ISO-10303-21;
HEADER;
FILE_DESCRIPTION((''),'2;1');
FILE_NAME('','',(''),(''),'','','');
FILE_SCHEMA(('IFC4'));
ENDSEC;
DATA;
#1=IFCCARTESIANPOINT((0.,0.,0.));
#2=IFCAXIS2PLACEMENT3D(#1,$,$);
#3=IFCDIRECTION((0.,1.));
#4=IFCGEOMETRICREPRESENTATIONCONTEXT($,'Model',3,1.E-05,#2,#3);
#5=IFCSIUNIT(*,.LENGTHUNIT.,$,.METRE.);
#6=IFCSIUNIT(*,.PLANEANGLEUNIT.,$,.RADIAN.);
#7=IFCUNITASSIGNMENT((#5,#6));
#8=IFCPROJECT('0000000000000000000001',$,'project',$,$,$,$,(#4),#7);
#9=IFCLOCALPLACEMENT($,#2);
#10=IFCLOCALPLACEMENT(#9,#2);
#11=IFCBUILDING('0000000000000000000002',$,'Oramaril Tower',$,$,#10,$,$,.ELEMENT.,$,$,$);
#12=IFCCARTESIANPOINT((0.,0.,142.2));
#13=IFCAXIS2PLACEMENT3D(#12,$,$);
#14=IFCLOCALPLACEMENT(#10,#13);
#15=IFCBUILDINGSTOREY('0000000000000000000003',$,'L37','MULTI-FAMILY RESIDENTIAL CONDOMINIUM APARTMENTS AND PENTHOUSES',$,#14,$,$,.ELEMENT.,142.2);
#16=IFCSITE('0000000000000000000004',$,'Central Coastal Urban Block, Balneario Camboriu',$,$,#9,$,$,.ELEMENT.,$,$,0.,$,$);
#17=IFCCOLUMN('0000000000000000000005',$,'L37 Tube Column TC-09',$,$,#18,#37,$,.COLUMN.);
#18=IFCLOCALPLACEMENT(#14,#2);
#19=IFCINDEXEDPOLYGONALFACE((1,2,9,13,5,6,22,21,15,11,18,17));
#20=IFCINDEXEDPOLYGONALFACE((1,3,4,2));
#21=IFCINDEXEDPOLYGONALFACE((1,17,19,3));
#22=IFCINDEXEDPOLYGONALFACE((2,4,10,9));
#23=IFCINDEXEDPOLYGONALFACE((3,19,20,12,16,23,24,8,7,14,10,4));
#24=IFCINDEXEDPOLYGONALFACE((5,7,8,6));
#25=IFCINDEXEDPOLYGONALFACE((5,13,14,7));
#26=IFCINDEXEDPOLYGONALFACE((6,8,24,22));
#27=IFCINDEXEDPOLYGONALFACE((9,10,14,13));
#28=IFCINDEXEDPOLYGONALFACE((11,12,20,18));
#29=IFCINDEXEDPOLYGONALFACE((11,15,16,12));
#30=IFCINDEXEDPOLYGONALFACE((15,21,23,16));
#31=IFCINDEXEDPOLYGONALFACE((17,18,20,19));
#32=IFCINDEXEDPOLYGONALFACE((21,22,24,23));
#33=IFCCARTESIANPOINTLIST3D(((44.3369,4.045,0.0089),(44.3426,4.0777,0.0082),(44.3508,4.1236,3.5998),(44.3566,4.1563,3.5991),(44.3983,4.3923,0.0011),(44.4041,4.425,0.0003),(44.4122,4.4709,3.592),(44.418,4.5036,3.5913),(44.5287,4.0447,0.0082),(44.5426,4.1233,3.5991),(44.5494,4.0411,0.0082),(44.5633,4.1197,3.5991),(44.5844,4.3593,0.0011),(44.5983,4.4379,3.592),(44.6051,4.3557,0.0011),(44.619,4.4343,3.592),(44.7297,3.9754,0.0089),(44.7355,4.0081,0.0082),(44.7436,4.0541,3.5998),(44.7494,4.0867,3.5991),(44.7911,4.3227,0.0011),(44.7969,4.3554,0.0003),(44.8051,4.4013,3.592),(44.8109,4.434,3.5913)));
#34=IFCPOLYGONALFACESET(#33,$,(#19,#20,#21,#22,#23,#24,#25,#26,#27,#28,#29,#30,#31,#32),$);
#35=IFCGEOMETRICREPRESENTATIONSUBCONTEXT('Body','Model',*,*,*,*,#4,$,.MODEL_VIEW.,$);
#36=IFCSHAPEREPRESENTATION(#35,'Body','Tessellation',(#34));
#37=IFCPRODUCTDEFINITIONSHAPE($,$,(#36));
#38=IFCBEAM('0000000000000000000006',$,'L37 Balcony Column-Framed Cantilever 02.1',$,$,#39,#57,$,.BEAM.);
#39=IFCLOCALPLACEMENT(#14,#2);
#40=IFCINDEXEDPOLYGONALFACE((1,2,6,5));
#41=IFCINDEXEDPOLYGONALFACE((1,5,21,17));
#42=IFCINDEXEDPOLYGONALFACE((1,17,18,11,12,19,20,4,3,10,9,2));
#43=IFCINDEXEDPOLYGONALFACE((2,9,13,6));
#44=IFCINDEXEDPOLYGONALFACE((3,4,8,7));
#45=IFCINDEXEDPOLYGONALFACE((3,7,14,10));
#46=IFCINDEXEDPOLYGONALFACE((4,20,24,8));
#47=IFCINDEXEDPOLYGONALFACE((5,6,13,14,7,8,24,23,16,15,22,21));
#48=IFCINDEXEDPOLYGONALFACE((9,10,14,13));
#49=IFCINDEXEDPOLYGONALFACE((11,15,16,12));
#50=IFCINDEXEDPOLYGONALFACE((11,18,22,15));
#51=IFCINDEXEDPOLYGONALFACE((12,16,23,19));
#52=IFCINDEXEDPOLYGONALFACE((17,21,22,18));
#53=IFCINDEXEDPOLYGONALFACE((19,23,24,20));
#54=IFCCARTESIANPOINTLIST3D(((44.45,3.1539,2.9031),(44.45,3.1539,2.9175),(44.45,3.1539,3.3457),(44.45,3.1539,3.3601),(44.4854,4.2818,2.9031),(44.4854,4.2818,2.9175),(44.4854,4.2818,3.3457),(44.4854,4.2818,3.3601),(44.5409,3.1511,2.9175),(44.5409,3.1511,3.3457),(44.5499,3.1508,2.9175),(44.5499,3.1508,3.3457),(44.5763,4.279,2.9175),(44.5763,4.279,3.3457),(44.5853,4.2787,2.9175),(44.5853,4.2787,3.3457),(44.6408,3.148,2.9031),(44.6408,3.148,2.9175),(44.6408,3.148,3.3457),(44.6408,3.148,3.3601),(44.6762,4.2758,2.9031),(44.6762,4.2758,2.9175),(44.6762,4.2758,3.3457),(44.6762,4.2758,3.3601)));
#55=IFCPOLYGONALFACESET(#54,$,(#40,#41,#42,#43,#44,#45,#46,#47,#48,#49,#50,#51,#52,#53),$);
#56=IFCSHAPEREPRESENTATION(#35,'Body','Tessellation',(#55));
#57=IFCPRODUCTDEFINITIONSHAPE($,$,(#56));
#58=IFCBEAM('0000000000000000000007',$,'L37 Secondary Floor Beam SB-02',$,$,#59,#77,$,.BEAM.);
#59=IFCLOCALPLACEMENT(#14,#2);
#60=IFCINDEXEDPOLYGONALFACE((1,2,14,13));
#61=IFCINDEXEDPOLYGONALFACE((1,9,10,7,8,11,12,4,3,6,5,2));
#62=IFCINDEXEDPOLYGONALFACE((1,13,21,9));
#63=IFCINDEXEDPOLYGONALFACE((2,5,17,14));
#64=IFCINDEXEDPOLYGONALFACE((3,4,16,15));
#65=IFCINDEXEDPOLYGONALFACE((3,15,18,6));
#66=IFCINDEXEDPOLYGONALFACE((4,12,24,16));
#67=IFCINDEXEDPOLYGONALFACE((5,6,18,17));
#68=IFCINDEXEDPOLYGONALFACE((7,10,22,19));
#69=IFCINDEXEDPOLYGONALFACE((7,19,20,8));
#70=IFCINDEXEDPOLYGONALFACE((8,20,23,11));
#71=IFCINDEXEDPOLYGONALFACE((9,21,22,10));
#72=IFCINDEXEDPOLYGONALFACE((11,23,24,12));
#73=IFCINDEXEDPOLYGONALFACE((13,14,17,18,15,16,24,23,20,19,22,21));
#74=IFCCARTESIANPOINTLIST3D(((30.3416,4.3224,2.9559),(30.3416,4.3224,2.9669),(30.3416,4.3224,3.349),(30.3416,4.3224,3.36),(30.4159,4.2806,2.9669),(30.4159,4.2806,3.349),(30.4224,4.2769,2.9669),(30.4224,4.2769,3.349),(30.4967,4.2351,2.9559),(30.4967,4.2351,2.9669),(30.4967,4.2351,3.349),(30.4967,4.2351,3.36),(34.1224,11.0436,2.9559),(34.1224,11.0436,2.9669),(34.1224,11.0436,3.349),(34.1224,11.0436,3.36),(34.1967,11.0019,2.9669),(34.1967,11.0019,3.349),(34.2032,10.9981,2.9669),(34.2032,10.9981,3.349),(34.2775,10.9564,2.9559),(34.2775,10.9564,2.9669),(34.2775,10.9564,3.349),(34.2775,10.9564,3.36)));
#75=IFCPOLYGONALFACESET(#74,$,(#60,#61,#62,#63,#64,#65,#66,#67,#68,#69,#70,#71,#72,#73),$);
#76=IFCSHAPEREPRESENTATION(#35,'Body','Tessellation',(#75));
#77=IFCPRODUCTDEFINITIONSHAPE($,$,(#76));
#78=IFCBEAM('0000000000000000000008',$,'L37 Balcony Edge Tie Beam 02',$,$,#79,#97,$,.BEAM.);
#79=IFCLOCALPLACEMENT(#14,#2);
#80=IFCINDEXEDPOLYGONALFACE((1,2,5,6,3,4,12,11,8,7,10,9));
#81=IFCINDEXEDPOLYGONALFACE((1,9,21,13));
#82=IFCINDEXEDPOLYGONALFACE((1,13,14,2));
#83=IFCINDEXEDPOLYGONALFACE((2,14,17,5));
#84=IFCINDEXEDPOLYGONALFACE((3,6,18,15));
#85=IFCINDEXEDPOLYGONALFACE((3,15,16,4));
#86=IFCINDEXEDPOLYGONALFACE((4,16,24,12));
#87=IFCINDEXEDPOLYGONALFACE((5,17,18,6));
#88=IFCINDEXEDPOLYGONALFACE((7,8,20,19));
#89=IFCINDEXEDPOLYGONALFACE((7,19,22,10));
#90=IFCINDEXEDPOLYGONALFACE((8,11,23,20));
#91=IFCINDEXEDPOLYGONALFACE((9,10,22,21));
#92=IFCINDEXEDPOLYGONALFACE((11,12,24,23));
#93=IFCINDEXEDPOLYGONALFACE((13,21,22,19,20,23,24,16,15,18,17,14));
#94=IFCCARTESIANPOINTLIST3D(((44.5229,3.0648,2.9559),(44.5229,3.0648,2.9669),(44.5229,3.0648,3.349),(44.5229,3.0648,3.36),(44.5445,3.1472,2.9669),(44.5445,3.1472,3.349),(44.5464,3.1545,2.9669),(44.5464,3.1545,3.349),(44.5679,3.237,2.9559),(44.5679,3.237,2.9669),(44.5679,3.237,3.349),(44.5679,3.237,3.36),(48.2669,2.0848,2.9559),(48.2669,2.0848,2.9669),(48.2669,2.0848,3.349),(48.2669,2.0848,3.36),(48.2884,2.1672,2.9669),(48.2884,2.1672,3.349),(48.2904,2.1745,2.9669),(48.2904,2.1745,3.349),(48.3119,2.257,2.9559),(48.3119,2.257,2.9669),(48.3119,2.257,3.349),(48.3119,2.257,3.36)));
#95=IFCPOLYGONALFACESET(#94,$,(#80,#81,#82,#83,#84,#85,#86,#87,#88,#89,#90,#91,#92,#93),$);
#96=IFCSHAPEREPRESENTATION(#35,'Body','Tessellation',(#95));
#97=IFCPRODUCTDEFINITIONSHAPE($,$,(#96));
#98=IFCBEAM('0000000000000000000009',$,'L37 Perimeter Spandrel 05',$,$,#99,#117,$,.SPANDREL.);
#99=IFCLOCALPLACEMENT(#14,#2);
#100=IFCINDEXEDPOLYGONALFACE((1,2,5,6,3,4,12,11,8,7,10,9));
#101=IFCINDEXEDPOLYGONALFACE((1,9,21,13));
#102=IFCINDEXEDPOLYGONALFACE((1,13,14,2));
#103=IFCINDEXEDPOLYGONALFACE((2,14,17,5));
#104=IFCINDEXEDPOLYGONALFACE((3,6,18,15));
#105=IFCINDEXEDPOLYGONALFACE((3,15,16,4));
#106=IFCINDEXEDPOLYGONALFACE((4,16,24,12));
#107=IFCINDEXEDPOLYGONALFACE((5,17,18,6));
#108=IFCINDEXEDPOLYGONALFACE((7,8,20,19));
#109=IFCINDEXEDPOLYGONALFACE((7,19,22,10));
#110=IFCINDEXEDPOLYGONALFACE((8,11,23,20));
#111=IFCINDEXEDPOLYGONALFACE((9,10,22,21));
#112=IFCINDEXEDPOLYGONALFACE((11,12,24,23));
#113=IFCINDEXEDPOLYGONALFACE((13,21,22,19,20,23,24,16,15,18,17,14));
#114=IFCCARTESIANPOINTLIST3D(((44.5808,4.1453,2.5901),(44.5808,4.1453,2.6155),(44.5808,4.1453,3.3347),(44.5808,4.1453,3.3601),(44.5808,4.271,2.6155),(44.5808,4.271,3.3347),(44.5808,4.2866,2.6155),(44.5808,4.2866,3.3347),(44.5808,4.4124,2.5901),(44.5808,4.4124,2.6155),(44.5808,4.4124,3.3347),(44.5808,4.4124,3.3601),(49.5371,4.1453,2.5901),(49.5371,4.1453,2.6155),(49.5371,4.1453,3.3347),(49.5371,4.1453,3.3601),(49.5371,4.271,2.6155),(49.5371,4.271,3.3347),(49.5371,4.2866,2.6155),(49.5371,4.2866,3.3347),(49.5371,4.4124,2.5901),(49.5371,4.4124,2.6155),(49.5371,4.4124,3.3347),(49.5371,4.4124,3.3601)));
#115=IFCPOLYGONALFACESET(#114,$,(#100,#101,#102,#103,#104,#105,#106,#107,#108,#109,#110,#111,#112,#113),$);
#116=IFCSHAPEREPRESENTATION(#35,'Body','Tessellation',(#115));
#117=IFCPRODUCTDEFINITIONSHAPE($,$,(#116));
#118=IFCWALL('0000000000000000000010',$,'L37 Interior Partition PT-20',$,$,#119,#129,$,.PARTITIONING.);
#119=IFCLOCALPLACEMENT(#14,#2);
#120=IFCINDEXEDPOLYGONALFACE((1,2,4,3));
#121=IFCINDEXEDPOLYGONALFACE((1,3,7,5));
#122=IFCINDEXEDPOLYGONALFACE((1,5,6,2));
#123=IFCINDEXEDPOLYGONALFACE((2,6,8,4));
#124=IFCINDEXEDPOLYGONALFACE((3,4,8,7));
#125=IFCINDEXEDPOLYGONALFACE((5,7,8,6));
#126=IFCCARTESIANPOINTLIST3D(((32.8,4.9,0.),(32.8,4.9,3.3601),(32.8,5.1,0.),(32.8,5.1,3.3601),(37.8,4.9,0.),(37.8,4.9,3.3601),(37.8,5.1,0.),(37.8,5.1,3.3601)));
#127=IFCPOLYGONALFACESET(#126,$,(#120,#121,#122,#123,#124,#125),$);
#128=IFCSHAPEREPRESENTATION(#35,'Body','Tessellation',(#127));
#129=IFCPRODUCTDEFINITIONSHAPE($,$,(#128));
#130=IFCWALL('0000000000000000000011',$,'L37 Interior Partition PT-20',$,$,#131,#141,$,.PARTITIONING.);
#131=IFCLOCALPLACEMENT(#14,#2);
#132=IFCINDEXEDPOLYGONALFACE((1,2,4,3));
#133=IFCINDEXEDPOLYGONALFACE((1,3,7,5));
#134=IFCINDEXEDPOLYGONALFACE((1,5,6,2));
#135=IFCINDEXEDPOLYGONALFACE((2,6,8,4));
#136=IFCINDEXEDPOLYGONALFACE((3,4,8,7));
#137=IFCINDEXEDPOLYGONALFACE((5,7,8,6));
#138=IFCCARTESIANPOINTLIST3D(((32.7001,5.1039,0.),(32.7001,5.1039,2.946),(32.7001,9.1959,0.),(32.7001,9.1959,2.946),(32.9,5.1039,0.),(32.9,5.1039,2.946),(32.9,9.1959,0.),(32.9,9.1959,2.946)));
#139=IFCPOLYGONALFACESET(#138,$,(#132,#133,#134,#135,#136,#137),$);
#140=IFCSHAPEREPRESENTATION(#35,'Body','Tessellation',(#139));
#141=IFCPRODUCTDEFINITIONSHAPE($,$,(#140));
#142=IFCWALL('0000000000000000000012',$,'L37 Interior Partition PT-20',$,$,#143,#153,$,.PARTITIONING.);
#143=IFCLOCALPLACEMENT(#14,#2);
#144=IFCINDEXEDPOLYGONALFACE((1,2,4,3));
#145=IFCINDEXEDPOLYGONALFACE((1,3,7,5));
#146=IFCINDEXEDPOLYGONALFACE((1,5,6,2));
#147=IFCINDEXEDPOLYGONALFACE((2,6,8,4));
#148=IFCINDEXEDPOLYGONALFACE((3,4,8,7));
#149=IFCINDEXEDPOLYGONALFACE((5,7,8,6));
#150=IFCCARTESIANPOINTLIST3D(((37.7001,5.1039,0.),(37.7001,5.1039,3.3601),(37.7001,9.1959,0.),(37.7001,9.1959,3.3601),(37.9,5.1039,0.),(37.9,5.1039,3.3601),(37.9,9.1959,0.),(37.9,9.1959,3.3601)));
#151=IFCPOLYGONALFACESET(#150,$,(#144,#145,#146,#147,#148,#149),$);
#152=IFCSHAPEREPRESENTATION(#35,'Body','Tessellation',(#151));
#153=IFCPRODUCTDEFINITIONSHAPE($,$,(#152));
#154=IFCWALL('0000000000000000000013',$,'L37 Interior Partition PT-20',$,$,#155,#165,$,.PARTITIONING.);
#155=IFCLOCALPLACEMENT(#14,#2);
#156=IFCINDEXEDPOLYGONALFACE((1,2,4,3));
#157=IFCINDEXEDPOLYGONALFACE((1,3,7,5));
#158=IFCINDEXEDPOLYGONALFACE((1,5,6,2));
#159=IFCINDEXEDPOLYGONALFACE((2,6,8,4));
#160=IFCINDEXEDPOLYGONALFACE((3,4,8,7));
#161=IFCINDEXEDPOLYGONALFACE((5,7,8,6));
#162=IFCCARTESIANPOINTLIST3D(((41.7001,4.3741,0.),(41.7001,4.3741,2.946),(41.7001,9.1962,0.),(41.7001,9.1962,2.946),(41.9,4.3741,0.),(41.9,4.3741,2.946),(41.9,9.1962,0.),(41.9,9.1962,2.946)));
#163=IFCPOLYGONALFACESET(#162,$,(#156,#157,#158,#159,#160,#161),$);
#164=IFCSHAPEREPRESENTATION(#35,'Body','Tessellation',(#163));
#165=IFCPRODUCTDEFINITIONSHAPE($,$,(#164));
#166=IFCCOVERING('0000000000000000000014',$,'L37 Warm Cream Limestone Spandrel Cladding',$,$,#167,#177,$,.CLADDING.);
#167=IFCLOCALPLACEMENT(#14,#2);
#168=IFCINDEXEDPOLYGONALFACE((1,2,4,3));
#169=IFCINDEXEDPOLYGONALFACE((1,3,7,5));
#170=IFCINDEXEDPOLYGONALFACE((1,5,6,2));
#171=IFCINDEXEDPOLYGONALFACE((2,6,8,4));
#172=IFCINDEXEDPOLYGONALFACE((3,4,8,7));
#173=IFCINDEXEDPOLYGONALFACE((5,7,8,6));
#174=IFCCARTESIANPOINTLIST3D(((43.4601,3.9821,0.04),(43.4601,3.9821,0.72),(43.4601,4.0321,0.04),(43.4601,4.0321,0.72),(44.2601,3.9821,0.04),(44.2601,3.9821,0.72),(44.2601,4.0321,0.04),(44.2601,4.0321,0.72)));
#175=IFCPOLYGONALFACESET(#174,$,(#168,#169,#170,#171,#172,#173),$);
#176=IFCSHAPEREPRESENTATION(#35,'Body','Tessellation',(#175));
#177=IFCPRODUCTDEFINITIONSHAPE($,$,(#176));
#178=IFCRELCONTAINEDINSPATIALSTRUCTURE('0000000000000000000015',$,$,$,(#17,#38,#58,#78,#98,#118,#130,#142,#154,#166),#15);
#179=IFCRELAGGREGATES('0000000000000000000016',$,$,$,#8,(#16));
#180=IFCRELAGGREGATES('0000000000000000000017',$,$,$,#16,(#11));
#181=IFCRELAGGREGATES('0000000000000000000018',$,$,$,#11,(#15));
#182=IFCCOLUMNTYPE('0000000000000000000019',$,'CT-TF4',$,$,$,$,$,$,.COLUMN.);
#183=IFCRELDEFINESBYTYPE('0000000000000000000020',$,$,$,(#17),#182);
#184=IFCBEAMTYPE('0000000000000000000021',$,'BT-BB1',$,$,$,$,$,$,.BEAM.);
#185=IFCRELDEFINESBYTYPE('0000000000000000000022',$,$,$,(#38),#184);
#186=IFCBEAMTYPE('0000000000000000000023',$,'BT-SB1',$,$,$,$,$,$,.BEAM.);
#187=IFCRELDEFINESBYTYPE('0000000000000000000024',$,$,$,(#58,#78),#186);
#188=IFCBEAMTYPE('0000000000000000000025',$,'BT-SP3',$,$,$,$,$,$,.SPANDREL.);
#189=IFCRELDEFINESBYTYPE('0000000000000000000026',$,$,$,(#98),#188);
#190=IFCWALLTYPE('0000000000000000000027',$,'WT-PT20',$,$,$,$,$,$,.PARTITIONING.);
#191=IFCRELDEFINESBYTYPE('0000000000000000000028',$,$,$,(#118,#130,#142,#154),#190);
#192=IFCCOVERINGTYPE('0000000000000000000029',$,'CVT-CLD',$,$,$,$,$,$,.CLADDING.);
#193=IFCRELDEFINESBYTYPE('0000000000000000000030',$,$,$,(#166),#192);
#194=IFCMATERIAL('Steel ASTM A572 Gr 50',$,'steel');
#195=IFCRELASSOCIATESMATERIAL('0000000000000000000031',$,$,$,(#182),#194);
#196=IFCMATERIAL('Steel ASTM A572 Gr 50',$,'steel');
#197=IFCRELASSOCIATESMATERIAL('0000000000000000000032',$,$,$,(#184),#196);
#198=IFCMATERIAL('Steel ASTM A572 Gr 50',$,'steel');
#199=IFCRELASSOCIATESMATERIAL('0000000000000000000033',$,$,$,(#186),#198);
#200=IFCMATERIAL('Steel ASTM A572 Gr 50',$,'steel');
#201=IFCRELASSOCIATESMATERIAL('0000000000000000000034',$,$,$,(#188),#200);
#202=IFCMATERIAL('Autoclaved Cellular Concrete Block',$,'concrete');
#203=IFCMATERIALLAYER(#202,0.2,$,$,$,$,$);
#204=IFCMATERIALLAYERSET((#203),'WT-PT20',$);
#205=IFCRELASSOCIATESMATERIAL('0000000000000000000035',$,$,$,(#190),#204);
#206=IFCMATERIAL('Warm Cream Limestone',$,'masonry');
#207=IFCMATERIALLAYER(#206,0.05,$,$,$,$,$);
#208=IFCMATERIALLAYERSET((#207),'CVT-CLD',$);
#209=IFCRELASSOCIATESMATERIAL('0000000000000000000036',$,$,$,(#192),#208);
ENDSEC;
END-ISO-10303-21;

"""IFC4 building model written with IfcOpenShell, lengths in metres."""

from ifc_helpers import new_model, si_unit, direction, frame, frame_2d, origin, origin_2d, place, context, subcontext, project, spatial, rectangle, i_section, extrude, material, layer, layer_set, material_profile, profile_set, type_object, element, save


model = new_model("IFC4")

# Units and contexts
model_context = context("Model", 3, precision=1e-05, world=origin(), true_north=direction((0.0, 1.0)))
body_context = subcontext(model_context, "Body", "Model", "MODEL_VIEW")
ifc_project = project(units=[si_unit("LENGTHUNIT", "METRE"), si_unit("PLANEANGLEUNIT", "RADIAN")], contexts=[model_context])

# Site, building, storey
site_placement = place(None, origin())
site = spatial("IfcSite", under=ifc_project, at=site_placement, Name="Central Coastal Urban Block, Balneario Camboriu", CompositionType="ELEMENT", RefElevation=0.0)
building_placement = place(site_placement, origin())
building = spatial("IfcBuilding", under=site, at=building_placement, Name="Oramaril Tower", CompositionType="ELEMENT")
storey_placement = place(building_placement, frame((0.0, 0.0, 142.2)))
storey = spatial("IfcBuildingStorey", under=building, at=storey_placement, Name="L37", Description="MULTI-FAMILY RESIDENTIAL CONDOMINIUM APARTMENTS AND PENTHOUSES", CompositionType="ELEMENT", Elevation=142.2)

# Column
ifc_material_1 = material(Name="Steel ASTM A572 Gr 50", Category="steel")
ifc_material_profile_1 = material_profile(ifc_material_1, i_section(OverallWidth=0.3989, OverallDepth=0.386, WebThickness=0.021, FlangeThickness=0.0332, at=origin_2d()), Name="W14X176")
ifc_profile_set_1 = profile_set([ifc_material_profile_1], Name="Steel ASTM A572 Gr 50")
column_type = type_object("IfcColumnType", Name="CT-TF4", PredefinedType="COLUMN", material=ifc_profile_set_1)
column_placement = place(storey_placement, frame((44.5669, 4.2002, 0.0046), z_axis=(0.003874, 0.021887, 0.999753), x_axis=(-0.984691, 0.174309, 0.0)))
element("IfcColumn", 1, at=column_placement, inside=storey, type_object=column_type, Name="L37 Tube Column TC-09", PredefinedType="COLUMN", context=body_context, shape_type="SweptSolid", body=[
    extrude(i_section(OverallWidth=0.3989, OverallDepth=0.386, WebThickness=0.021, FlangeThickness=0.0332, at=origin_2d()), origin(), (0.0, 0.0, 1.0), 3.5918),
])

# Beams
ifc_material_2 = material(Name="Steel ASTM A572 Gr 50", Category="steel")
ifc_material_profile_2 = material_profile(ifc_material_2, i_section(OverallWidth=0.1909, OverallDepth=0.457, WebThickness=0.009, FlangeThickness=0.0144, at=origin_2d()), Name="W18X50")
ifc_profile_set_2 = profile_set([ifc_material_profile_2], Name="Steel ASTM A572 Gr 50")
beam_type_1 = type_object("IfcBeamType", Name="BT-BB1", PredefinedType="BEAM", material=ifc_profile_set_2)
beam_1_placement = place(storey_placement, frame((44.5808, 4.2788, 3.1316), z_axis=(-0.03137, -0.999508, 0.0), x_axis=(0.999508, -0.03137, 0.0)))
element("IfcBeam", 2, at=beam_1_placement, inside=storey, type_object=beam_type_1, Name="L37 Balcony Column-Framed Cantilever 02.1", PredefinedType="BEAM", context=body_context, shape_type="SweptSolid", body=[
    extrude(i_section(OverallWidth=0.1909, OverallDepth=0.457, WebThickness=0.009, FlangeThickness=0.0144, at=origin_2d()), origin(), (0.0, 0.0, 1.0), 1.1284),
])
ifc_material_3 = material(Name="Steel ASTM A572 Gr 50", Category="steel")
ifc_material_profile_3 = material_profile(ifc_material_3, i_section(OverallWidth=0.178, OverallDepth=0.4041, WebThickness=0.0076, FlangeThickness=0.011, at=origin_2d()), Name="W16X36")
ifc_profile_set_3 = profile_set([ifc_material_profile_3], Name="Steel ASTM A572 Gr 50")
beam_type_2 = type_object("IfcBeamType", Name="BT-SB1", PredefinedType="BEAM", material=ifc_profile_set_3)
beam_2_placement = place(storey_placement, frame((34.2, 11.0, 3.158), z_axis=(-0.49027, -0.87157, 0.0), x_axis=(0.87157, -0.49027, 0.0)))
element("IfcBeam", 3, at=beam_2_placement, inside=storey, type_object=beam_type_2, Name="L37 Secondary Floor Beam SB-02", PredefinedType="BEAM", context=body_context, shape_type="SweptSolid", body=[
    extrude(i_section(OverallWidth=0.178, OverallDepth=0.4041, WebThickness=0.0076, FlangeThickness=0.011, at=origin_2d()), origin(), (0.0, 0.0, 1.0), 7.7117),
])
beam_3_placement = place(storey_placement, frame((44.5454, 3.1509, 3.158), z_axis=(0.967408, -0.253223, 0.0), x_axis=(0.253223, 0.967408, 0.0)))
element("IfcBeam", 4, at=beam_3_placement, inside=storey, type_object=beam_type_2, Name="L37 Balcony Edge Tie Beam 02", PredefinedType="BEAM", context=body_context, shape_type="SweptSolid", body=[
    extrude(i_section(OverallWidth=0.178, OverallDepth=0.4041, WebThickness=0.0076, FlangeThickness=0.011, at=origin_2d()), origin(), (0.0, 0.0, 1.0), 3.8701),
])
ifc_material_4 = material(Name="Steel ASTM A572 Gr 50", Category="steel")
ifc_material_profile_4 = material_profile(ifc_material_4, i_section(OverallWidth=0.2671, OverallDepth=0.77, WebThickness=0.0156, FlangeThickness=0.0254, at=origin_2d()), Name="W30X132")
ifc_profile_set_4 = profile_set([ifc_material_profile_4], Name="Steel ASTM A572 Gr 50")
beam_type_3 = type_object("IfcBeamType", Name="BT-SP3", PredefinedType="SPANDREL", material=ifc_profile_set_4)
beam_4_placement = place(storey_placement, frame((44.5808, 4.2788, 2.9751), z_axis=(1.0, 0.0, 0.0), x_axis=(0.0, 1.0, 0.0)))
element("IfcBeam", 5, at=beam_4_placement, inside=storey, type_object=beam_type_3, Name="L37 Perimeter Spandrel 05", PredefinedType="SPANDREL", context=body_context, shape_type="SweptSolid", body=[
    extrude(i_section(OverallWidth=0.2671, OverallDepth=0.77, WebThickness=0.0156, FlangeThickness=0.0254, at=origin_2d()), origin(), (0.0, 0.0, 1.0), 4.9563),
])

# Walls
ifc_material_5 = material(Name="Autoclaved Cellular Concrete Block", Category="concrete")
ifc_layer_1 = layer(ifc_material_5, 0.2)
ifc_layer_set_1 = layer_set([ifc_layer_1], Name="WT-PT20")
wall_type = type_object("IfcWallType", Name="WT-PT20", PredefinedType="PARTITIONING", material=ifc_layer_set_1)
wall_1_placement = place(storey_placement, frame((32.8, 5.0, 0.0), z_axis=(0.0, 0.0, 1.0), x_axis=(1.0, 0.0, 0.0)))
element("IfcWall", 6, at=wall_1_placement, inside=storey, type_object=wall_type, Name="L37 Interior Partition PT-20", PredefinedType="PARTITIONING", context=body_context, shape_type="SweptSolid", body=[
    extrude(rectangle(XDim=5.0, YDim=0.2, at=frame_2d((2.5, 0.0))), origin(), (0.0, 0.0, 1.0), 3.3601),
])
wall_2_placement = place(storey_placement, frame((32.8, 5.104, 0.0), z_axis=(0.0, 0.0, 1.0), x_axis=(0.0, 1.0, 0.0)))
element("IfcWall", 7, at=wall_2_placement, inside=storey, type_object=wall_type, Name="L37 Interior Partition PT-20", PredefinedType="PARTITIONING", context=body_context, shape_type="SweptSolid", body=[
    extrude(rectangle(XDim=4.092, YDim=0.2, at=frame_2d((2.0459, 0.0))), origin(), (0.0, 0.0, 1.0), 2.946),
])
wall_3_placement = place(storey_placement, frame((37.8, 5.104, 0.0), z_axis=(0.0, 0.0, 1.0), x_axis=(0.0, 1.0, 0.0)))
element("IfcWall", 8, at=wall_3_placement, inside=storey, type_object=wall_type, Name="L37 Interior Partition PT-20", PredefinedType="PARTITIONING", context=body_context, shape_type="SweptSolid", body=[
    extrude(rectangle(XDim=4.092, YDim=0.2, at=frame_2d((2.0459, 0.0))), origin(), (0.0, 0.0, 1.0), 3.3601),
])
wall_4_placement = place(storey_placement, frame((41.8, 4.374, 0.0), z_axis=(0.0, 0.0, 1.0), x_axis=(0.0, 1.0, 0.0)))
element("IfcWall", 9, at=wall_4_placement, inside=storey, type_object=wall_type, Name="L37 Interior Partition PT-20", PredefinedType="PARTITIONING", context=body_context, shape_type="SweptSolid", body=[
    extrude(rectangle(XDim=4.822, YDim=0.2, at=frame_2d((2.4111, 0.0))), origin(), (0.0, 0.0, 1.0), 2.946),
])

# Covering
ifc_material_6 = material(Name="Warm Cream Limestone", Category="masonry")
ifc_layer_2 = layer(ifc_material_6, 0.05)
ifc_layer_set_2 = layer_set([ifc_layer_2], Name="CVT-CLD")
covering_type = type_object("IfcCoveringType", Name="CVT-CLD", PredefinedType="CLADDING", material=ifc_layer_set_2)
covering_placement = place(storey_placement, frame((43.8601, 4.0071, 0.04), z_axis=(0.0, 0.0, 1.0), x_axis=(1.0, 0.0, 0.0)))
element("IfcCovering", 10, at=covering_placement, inside=storey, type_object=covering_type, Name="L37 Warm Cream Limestone Spandrel Cladding", PredefinedType="CLADDING", context=body_context, shape_type="SweptSolid", body=[
    extrude(rectangle(XDim=0.8, YDim=0.05, at=origin_2d()), origin(), (0.0, 0.0, 1.0), 0.6799),
])

save(model, "model.ifc")
